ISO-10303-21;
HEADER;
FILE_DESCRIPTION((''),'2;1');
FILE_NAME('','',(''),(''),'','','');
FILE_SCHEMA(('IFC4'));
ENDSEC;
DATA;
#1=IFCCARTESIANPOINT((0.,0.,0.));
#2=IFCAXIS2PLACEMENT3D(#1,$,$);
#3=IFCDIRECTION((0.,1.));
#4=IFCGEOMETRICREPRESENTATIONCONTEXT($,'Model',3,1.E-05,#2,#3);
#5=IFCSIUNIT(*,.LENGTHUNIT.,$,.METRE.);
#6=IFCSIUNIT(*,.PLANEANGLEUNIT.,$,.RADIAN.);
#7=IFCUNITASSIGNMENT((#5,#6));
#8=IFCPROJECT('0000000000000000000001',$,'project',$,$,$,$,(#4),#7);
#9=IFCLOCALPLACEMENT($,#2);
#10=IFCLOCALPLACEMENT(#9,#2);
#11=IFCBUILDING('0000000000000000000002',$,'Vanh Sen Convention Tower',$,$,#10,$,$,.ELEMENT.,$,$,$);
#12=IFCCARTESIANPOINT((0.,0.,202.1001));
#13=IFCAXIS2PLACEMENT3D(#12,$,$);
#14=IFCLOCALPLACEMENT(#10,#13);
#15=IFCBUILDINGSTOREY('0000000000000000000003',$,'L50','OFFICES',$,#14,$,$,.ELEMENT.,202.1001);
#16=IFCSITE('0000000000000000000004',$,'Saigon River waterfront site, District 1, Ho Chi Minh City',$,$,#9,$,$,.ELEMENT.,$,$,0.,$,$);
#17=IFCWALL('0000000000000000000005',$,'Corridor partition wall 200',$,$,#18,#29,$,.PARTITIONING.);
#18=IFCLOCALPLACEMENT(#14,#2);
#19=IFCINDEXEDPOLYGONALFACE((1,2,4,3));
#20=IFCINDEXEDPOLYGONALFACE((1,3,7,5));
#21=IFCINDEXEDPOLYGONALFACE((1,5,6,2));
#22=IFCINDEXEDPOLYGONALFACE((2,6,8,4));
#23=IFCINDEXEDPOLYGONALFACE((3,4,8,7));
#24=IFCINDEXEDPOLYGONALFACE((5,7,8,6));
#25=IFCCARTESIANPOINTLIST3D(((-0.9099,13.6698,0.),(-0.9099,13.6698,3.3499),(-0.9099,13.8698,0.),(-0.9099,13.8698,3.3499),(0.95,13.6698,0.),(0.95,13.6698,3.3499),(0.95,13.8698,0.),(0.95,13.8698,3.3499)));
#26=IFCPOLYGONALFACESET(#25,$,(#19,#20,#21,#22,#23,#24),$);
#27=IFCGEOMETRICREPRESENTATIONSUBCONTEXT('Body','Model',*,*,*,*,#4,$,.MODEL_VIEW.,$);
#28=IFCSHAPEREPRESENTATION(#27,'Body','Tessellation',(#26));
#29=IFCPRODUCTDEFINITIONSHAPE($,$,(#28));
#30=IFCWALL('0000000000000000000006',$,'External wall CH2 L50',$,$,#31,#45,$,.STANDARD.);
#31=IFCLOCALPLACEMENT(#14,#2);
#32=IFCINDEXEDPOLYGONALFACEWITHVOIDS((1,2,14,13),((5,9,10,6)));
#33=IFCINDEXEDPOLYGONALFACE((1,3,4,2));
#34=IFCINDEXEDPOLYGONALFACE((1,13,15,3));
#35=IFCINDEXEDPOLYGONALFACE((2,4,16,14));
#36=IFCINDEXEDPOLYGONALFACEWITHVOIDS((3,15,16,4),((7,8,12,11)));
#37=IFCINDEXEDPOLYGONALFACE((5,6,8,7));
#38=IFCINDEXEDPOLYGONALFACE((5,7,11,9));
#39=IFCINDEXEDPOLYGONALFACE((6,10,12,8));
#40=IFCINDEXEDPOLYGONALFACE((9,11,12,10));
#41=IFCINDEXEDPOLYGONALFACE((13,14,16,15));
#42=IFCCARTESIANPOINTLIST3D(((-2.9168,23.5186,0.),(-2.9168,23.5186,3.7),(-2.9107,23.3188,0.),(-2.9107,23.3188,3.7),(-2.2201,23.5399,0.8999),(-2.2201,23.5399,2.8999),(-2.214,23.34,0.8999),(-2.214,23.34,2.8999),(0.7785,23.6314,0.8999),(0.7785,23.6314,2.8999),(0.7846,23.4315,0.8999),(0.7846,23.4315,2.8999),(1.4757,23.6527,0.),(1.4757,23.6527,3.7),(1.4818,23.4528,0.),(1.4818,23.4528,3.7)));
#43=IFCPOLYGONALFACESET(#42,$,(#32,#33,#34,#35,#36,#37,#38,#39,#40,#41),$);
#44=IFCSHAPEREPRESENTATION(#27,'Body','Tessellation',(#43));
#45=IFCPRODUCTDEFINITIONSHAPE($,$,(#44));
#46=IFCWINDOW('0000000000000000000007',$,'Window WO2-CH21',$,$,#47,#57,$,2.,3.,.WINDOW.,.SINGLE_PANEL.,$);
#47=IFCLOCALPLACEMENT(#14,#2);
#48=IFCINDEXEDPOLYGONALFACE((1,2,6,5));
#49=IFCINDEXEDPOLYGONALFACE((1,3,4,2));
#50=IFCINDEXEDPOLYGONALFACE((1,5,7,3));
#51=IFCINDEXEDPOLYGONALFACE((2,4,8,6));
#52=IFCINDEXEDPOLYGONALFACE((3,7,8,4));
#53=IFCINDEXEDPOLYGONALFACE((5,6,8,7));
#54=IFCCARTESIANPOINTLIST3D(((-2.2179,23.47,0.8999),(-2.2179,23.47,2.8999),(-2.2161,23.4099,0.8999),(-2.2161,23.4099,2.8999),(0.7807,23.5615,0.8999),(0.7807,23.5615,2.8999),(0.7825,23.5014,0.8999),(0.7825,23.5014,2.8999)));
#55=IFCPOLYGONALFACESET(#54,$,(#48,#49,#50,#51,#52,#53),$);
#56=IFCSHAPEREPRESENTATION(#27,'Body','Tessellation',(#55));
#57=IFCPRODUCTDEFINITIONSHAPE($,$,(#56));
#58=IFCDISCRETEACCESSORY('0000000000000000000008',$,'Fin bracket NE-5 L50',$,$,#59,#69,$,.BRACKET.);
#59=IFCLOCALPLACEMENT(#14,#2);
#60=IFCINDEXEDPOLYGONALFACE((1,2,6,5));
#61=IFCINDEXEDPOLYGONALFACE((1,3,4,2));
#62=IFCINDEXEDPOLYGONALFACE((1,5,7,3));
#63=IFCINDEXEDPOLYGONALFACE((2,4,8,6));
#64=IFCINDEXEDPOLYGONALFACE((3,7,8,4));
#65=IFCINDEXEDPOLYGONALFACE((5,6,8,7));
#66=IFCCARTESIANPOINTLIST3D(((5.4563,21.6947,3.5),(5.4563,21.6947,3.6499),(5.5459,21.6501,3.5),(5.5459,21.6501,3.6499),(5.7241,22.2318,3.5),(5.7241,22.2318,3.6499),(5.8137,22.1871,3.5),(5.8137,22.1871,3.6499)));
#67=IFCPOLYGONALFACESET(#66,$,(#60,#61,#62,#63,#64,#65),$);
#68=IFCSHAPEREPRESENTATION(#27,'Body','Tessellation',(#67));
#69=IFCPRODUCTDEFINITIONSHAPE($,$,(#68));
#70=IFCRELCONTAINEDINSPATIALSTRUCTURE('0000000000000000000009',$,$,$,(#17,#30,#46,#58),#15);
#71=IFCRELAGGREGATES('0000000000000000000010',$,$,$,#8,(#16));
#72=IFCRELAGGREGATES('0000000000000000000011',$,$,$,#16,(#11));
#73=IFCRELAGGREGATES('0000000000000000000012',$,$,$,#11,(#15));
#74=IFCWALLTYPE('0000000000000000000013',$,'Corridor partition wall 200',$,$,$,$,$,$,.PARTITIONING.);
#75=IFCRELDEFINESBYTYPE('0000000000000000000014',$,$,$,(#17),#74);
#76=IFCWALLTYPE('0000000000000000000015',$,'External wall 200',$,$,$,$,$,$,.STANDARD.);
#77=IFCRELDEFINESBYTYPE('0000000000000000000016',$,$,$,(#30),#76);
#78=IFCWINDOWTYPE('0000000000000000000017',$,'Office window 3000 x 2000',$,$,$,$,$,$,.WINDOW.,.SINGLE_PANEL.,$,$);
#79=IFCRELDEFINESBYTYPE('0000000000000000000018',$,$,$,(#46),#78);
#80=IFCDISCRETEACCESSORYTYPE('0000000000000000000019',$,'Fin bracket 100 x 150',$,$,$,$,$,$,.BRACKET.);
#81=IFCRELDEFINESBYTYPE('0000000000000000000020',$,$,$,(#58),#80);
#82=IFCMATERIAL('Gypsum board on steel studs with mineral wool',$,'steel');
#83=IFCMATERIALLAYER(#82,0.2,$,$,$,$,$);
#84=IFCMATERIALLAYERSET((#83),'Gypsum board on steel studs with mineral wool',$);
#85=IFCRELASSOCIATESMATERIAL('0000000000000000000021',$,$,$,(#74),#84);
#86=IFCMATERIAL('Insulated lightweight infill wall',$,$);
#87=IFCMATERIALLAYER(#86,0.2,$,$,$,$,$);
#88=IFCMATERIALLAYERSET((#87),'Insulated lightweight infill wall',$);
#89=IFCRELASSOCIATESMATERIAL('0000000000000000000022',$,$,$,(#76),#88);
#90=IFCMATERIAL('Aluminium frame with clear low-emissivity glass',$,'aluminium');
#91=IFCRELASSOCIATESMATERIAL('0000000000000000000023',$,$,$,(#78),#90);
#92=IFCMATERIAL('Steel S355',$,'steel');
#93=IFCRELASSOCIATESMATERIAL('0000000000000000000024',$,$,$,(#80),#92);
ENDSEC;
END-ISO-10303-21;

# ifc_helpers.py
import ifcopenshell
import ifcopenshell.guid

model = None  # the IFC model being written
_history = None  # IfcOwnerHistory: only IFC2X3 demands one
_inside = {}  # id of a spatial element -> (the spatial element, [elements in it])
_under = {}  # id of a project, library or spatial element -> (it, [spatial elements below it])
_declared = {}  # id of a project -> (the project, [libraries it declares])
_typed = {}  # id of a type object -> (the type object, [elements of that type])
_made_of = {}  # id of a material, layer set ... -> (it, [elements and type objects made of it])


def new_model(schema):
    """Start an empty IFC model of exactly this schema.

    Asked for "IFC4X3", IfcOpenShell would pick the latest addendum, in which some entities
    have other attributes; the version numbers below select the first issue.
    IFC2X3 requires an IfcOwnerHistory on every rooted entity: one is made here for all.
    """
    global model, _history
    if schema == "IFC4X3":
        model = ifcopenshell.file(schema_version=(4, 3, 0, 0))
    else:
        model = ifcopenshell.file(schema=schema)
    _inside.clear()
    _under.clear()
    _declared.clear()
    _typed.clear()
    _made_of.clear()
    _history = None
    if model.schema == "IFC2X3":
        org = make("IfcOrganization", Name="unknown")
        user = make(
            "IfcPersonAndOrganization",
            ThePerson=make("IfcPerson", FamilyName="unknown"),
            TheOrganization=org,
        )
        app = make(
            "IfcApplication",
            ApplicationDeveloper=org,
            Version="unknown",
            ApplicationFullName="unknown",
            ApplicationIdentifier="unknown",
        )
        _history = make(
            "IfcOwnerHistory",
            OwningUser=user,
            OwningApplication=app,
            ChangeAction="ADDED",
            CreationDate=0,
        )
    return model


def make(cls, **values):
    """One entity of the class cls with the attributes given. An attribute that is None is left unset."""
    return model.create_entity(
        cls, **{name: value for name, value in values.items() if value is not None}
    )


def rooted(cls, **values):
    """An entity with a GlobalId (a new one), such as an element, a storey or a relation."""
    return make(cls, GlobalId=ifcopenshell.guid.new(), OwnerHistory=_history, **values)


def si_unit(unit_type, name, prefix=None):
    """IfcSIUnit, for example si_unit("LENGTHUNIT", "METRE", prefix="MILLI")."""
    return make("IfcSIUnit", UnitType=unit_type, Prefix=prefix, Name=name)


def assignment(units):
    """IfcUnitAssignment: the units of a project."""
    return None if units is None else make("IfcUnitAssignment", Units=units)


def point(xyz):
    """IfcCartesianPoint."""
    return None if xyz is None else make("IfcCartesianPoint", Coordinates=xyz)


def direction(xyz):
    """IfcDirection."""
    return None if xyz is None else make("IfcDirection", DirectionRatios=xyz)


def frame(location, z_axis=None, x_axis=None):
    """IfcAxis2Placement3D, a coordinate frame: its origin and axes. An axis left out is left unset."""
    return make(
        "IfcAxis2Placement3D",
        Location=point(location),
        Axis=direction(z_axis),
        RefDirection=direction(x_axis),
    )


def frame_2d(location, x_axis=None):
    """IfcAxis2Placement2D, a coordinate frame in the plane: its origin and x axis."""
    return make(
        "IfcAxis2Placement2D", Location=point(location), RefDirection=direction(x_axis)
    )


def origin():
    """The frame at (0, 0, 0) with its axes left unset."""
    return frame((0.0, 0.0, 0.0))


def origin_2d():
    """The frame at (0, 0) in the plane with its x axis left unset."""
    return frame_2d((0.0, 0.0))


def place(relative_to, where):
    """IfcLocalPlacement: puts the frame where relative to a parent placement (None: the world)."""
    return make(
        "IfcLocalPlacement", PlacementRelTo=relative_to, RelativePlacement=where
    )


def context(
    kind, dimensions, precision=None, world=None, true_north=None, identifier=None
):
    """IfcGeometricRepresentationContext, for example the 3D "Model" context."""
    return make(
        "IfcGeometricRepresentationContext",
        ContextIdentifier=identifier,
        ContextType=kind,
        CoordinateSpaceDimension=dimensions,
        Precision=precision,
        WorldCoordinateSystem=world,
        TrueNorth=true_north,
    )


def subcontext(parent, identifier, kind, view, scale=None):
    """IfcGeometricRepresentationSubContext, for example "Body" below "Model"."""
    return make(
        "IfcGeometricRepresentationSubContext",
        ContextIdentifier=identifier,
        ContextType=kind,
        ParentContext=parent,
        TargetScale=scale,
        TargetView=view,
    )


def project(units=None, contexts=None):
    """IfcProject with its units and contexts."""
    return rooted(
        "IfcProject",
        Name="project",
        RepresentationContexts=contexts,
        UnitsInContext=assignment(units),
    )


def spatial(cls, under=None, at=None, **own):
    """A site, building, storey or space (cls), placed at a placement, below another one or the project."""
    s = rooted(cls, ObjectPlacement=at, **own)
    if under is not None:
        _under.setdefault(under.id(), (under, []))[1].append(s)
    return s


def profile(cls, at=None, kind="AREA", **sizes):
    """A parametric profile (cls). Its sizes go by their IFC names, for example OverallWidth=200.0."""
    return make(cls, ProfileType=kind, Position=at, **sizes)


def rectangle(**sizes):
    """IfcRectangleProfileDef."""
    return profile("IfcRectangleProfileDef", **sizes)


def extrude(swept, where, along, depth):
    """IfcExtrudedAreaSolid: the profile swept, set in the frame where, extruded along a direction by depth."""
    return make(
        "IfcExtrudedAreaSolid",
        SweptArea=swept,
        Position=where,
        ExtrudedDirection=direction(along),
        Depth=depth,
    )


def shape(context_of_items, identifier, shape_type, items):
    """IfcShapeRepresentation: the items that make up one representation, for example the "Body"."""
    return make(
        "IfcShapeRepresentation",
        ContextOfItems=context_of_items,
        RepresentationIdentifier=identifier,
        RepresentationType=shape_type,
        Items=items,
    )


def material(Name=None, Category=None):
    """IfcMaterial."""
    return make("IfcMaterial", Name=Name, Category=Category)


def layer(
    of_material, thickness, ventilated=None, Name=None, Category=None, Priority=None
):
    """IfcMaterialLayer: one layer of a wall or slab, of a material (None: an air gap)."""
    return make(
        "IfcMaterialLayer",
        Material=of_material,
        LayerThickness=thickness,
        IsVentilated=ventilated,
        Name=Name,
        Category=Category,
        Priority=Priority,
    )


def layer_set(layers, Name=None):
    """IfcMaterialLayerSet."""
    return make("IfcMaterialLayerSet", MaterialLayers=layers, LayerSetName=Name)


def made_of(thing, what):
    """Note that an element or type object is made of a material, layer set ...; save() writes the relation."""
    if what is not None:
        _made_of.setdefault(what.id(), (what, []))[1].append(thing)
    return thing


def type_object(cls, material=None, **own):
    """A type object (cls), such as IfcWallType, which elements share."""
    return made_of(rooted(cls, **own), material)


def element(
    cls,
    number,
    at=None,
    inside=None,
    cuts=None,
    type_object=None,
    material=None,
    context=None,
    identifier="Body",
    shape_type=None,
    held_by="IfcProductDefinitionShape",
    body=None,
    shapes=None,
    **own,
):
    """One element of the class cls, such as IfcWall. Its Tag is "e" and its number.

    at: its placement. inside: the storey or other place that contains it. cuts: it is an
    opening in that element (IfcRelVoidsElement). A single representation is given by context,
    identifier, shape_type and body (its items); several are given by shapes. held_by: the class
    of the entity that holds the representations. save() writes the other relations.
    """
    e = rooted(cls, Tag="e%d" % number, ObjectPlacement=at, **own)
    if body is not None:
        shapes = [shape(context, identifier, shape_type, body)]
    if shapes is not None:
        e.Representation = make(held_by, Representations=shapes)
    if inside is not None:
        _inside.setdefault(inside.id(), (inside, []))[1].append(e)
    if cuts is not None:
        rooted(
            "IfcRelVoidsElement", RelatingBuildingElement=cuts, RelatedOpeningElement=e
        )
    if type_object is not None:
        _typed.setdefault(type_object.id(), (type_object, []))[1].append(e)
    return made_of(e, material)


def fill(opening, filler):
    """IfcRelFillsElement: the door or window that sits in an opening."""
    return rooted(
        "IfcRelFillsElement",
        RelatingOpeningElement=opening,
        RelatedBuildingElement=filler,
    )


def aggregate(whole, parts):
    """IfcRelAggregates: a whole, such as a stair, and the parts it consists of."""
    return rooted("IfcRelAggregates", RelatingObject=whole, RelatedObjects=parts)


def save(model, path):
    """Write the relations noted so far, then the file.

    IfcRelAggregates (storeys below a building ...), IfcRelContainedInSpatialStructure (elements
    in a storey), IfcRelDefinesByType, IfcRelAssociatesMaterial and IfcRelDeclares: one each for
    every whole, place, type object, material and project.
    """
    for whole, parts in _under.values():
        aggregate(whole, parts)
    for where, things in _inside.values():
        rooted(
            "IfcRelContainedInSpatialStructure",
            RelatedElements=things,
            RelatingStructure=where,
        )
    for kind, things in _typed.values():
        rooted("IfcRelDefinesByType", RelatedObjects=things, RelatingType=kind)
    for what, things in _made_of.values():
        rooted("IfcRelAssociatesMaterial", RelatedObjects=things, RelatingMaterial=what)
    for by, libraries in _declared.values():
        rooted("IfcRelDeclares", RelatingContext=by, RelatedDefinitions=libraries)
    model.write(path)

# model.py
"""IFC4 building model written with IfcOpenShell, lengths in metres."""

from ifc_helpers import new_model, si_unit, direction, frame, frame_2d, origin, origin_2d, place, context, subcontext, project, spatial, rectangle, extrude, material, layer, layer_set, type_object, element, fill, save


model = new_model("IFC4")

# Units and contexts
model_context = context("Model", 3, precision=1e-05, world=origin(), true_north=direction((0.0, 1.0)))
body_context = subcontext(model_context, "Body", "Model", "MODEL_VIEW")
ifc_project = project(units=[si_unit("LENGTHUNIT", "METRE"), si_unit("PLANEANGLEUNIT", "RADIAN")], contexts=[model_context])

# Site, building, storey
site_placement = place(None, origin())
site = spatial("IfcSite", under=ifc_project, at=site_placement, Name="Saigon River waterfront site, District 1, Ho Chi Minh City", CompositionType="ELEMENT", RefElevation=0.0)
building_placement = place(site_placement, origin())
building = spatial("IfcBuilding", under=site, at=building_placement, Name="Vanh Sen Convention Tower", CompositionType="ELEMENT")
storey_placement = place(building_placement, frame((0.0, 0.0, 202.1001)))
storey = spatial("IfcBuildingStorey", under=building, at=storey_placement, Name="L50", Description="OFFICES", CompositionType="ELEMENT", Elevation=202.1001)

# Wall
ifc_material_1 = material(Name="Gypsum board on steel studs with mineral wool", Category="steel")
ifc_layer_1 = layer(ifc_material_1, 0.2)
ifc_layer_set_1 = layer_set([ifc_layer_1], Name="Gypsum board on steel studs with mineral wool")
wall_type_1 = type_object("IfcWallType", Name="Corridor partition wall 200", PredefinedType="PARTITIONING", material=ifc_layer_set_1)
wall_1_placement = place(storey_placement, frame((0.95, 13.7698, 0.0), z_axis=(0.0, 0.0, 1.0), x_axis=(-1.0, 0.0, 0.0)))
element("IfcWall", 1, at=wall_1_placement, inside=storey, type_object=wall_type_1, Name="Corridor partition wall 200", PredefinedType="PARTITIONING", context=body_context, shape_type="SweptSolid", body=[
    extrude(rectangle(XDim=1.8599, YDim=0.2, at=frame_2d((0.9299, 0.0))), origin(), (0.0, 0.0, 1.0), 3.3499),
])

# Wall, opening, window
ifc_material_2 = material(Name="Insulated lightweight infill wall")
ifc_layer_2 = layer(ifc_material_2, 0.2)
ifc_layer_set_2 = layer_set([ifc_layer_2], Name="Insulated lightweight infill wall")
wall_type_2 = type_object("IfcWallType", Name="External wall 200", PredefinedType="STANDARD", material=ifc_layer_set_2)
wall_2_placement = place(storey_placement, frame((1.4788, 23.5527, 0.0), z_axis=(0.0, 0.0, 1.0), x_axis=(-0.999535, -0.030499, 0.0)))
wall_2 = element("IfcWall", 2, at=wall_2_placement, inside=storey, type_object=wall_type_2, Name="External wall CH2 L50", PredefinedType="STANDARD", context=body_context, shape_type="SweptSolid", body=[
    extrude(rectangle(XDim=4.3945, YDim=0.2, at=frame_2d((2.1973, 0.0))), origin(), (0.0, 0.0, 1.0), 3.7),
])
opening_1_placement = place(wall_2_placement, frame((0.6975, 0.0, 0.8999)))
opening_1 = element("IfcOpeningElement", 3, at=opening_1_placement, cuts=wall_2, PredefinedType="OPENING", context=body_context, shape_type="SweptSolid", body=[
    extrude(rectangle(XDim=3.0, YDim=2.0, at=frame_2d((1.5, 1.0))), frame((0.0, 0.1099, 0.0), z_axis=(0.0, -1.0, 0.0), x_axis=(1.0, 0.0, 0.0)), (0.0, 0.0, 1.0), 0.22),
])
ifc_material_3 = material(Name="Aluminium frame with clear low-emissivity glass", Category="aluminium")
window_type = type_object("IfcWindowType", Name="Office window 3000 x 2000", PartitioningType="SINGLE_PANEL", PredefinedType="WINDOW", material=ifc_material_3)
window_placement = place(opening_1_placement, origin())
window = element("IfcWindow", 4, at=window_placement, inside=storey, type_object=window_type, Name="Window WO2-CH21", OverallHeight=2.0, OverallWidth=3.0, PartitioningType="SINGLE_PANEL", PredefinedType="WINDOW", context=body_context, shape_type="SweptSolid", body=[
    extrude(rectangle(XDim=3.0, YDim=2.0, at=frame_2d((1.5, 1.0))), frame((0.0, 0.03, 0.0), z_axis=(0.0, -1.0, 0.0), x_axis=(1.0, 0.0, 0.0)), (0.0, 0.0, 1.0), 0.0601),
])
fill(opening_1, window)

# Discrete accessory
ifc_material_4 = material(Name="Steel S355", Category="steel")
discrete_accessory_type = type_object("IfcDiscreteAccessoryType", Name="Fin bracket 100 x 150", PredefinedType="BRACKET", material=ifc_material_4)
discrete_accessory_placement = place(storey_placement, frame((5.635, 21.9409, 3.5), z_axis=(0.0, 0.0, 1.0), x_axis=(0.446198, 0.894934, 0.0)))
element("IfcDiscreteAccessory", 5, at=discrete_accessory_placement, inside=storey, type_object=discrete_accessory_type, Name="Fin bracket NE-5 L50", PredefinedType="BRACKET", context=body_context, shape_type="SweptSolid", body=[
    extrude(rectangle(XDim=0.6001, YDim=0.1001, at=origin_2d()), origin(), (0.0, 0.0, 1.0), 0.1499),
])

save(model, "model.ifc")
